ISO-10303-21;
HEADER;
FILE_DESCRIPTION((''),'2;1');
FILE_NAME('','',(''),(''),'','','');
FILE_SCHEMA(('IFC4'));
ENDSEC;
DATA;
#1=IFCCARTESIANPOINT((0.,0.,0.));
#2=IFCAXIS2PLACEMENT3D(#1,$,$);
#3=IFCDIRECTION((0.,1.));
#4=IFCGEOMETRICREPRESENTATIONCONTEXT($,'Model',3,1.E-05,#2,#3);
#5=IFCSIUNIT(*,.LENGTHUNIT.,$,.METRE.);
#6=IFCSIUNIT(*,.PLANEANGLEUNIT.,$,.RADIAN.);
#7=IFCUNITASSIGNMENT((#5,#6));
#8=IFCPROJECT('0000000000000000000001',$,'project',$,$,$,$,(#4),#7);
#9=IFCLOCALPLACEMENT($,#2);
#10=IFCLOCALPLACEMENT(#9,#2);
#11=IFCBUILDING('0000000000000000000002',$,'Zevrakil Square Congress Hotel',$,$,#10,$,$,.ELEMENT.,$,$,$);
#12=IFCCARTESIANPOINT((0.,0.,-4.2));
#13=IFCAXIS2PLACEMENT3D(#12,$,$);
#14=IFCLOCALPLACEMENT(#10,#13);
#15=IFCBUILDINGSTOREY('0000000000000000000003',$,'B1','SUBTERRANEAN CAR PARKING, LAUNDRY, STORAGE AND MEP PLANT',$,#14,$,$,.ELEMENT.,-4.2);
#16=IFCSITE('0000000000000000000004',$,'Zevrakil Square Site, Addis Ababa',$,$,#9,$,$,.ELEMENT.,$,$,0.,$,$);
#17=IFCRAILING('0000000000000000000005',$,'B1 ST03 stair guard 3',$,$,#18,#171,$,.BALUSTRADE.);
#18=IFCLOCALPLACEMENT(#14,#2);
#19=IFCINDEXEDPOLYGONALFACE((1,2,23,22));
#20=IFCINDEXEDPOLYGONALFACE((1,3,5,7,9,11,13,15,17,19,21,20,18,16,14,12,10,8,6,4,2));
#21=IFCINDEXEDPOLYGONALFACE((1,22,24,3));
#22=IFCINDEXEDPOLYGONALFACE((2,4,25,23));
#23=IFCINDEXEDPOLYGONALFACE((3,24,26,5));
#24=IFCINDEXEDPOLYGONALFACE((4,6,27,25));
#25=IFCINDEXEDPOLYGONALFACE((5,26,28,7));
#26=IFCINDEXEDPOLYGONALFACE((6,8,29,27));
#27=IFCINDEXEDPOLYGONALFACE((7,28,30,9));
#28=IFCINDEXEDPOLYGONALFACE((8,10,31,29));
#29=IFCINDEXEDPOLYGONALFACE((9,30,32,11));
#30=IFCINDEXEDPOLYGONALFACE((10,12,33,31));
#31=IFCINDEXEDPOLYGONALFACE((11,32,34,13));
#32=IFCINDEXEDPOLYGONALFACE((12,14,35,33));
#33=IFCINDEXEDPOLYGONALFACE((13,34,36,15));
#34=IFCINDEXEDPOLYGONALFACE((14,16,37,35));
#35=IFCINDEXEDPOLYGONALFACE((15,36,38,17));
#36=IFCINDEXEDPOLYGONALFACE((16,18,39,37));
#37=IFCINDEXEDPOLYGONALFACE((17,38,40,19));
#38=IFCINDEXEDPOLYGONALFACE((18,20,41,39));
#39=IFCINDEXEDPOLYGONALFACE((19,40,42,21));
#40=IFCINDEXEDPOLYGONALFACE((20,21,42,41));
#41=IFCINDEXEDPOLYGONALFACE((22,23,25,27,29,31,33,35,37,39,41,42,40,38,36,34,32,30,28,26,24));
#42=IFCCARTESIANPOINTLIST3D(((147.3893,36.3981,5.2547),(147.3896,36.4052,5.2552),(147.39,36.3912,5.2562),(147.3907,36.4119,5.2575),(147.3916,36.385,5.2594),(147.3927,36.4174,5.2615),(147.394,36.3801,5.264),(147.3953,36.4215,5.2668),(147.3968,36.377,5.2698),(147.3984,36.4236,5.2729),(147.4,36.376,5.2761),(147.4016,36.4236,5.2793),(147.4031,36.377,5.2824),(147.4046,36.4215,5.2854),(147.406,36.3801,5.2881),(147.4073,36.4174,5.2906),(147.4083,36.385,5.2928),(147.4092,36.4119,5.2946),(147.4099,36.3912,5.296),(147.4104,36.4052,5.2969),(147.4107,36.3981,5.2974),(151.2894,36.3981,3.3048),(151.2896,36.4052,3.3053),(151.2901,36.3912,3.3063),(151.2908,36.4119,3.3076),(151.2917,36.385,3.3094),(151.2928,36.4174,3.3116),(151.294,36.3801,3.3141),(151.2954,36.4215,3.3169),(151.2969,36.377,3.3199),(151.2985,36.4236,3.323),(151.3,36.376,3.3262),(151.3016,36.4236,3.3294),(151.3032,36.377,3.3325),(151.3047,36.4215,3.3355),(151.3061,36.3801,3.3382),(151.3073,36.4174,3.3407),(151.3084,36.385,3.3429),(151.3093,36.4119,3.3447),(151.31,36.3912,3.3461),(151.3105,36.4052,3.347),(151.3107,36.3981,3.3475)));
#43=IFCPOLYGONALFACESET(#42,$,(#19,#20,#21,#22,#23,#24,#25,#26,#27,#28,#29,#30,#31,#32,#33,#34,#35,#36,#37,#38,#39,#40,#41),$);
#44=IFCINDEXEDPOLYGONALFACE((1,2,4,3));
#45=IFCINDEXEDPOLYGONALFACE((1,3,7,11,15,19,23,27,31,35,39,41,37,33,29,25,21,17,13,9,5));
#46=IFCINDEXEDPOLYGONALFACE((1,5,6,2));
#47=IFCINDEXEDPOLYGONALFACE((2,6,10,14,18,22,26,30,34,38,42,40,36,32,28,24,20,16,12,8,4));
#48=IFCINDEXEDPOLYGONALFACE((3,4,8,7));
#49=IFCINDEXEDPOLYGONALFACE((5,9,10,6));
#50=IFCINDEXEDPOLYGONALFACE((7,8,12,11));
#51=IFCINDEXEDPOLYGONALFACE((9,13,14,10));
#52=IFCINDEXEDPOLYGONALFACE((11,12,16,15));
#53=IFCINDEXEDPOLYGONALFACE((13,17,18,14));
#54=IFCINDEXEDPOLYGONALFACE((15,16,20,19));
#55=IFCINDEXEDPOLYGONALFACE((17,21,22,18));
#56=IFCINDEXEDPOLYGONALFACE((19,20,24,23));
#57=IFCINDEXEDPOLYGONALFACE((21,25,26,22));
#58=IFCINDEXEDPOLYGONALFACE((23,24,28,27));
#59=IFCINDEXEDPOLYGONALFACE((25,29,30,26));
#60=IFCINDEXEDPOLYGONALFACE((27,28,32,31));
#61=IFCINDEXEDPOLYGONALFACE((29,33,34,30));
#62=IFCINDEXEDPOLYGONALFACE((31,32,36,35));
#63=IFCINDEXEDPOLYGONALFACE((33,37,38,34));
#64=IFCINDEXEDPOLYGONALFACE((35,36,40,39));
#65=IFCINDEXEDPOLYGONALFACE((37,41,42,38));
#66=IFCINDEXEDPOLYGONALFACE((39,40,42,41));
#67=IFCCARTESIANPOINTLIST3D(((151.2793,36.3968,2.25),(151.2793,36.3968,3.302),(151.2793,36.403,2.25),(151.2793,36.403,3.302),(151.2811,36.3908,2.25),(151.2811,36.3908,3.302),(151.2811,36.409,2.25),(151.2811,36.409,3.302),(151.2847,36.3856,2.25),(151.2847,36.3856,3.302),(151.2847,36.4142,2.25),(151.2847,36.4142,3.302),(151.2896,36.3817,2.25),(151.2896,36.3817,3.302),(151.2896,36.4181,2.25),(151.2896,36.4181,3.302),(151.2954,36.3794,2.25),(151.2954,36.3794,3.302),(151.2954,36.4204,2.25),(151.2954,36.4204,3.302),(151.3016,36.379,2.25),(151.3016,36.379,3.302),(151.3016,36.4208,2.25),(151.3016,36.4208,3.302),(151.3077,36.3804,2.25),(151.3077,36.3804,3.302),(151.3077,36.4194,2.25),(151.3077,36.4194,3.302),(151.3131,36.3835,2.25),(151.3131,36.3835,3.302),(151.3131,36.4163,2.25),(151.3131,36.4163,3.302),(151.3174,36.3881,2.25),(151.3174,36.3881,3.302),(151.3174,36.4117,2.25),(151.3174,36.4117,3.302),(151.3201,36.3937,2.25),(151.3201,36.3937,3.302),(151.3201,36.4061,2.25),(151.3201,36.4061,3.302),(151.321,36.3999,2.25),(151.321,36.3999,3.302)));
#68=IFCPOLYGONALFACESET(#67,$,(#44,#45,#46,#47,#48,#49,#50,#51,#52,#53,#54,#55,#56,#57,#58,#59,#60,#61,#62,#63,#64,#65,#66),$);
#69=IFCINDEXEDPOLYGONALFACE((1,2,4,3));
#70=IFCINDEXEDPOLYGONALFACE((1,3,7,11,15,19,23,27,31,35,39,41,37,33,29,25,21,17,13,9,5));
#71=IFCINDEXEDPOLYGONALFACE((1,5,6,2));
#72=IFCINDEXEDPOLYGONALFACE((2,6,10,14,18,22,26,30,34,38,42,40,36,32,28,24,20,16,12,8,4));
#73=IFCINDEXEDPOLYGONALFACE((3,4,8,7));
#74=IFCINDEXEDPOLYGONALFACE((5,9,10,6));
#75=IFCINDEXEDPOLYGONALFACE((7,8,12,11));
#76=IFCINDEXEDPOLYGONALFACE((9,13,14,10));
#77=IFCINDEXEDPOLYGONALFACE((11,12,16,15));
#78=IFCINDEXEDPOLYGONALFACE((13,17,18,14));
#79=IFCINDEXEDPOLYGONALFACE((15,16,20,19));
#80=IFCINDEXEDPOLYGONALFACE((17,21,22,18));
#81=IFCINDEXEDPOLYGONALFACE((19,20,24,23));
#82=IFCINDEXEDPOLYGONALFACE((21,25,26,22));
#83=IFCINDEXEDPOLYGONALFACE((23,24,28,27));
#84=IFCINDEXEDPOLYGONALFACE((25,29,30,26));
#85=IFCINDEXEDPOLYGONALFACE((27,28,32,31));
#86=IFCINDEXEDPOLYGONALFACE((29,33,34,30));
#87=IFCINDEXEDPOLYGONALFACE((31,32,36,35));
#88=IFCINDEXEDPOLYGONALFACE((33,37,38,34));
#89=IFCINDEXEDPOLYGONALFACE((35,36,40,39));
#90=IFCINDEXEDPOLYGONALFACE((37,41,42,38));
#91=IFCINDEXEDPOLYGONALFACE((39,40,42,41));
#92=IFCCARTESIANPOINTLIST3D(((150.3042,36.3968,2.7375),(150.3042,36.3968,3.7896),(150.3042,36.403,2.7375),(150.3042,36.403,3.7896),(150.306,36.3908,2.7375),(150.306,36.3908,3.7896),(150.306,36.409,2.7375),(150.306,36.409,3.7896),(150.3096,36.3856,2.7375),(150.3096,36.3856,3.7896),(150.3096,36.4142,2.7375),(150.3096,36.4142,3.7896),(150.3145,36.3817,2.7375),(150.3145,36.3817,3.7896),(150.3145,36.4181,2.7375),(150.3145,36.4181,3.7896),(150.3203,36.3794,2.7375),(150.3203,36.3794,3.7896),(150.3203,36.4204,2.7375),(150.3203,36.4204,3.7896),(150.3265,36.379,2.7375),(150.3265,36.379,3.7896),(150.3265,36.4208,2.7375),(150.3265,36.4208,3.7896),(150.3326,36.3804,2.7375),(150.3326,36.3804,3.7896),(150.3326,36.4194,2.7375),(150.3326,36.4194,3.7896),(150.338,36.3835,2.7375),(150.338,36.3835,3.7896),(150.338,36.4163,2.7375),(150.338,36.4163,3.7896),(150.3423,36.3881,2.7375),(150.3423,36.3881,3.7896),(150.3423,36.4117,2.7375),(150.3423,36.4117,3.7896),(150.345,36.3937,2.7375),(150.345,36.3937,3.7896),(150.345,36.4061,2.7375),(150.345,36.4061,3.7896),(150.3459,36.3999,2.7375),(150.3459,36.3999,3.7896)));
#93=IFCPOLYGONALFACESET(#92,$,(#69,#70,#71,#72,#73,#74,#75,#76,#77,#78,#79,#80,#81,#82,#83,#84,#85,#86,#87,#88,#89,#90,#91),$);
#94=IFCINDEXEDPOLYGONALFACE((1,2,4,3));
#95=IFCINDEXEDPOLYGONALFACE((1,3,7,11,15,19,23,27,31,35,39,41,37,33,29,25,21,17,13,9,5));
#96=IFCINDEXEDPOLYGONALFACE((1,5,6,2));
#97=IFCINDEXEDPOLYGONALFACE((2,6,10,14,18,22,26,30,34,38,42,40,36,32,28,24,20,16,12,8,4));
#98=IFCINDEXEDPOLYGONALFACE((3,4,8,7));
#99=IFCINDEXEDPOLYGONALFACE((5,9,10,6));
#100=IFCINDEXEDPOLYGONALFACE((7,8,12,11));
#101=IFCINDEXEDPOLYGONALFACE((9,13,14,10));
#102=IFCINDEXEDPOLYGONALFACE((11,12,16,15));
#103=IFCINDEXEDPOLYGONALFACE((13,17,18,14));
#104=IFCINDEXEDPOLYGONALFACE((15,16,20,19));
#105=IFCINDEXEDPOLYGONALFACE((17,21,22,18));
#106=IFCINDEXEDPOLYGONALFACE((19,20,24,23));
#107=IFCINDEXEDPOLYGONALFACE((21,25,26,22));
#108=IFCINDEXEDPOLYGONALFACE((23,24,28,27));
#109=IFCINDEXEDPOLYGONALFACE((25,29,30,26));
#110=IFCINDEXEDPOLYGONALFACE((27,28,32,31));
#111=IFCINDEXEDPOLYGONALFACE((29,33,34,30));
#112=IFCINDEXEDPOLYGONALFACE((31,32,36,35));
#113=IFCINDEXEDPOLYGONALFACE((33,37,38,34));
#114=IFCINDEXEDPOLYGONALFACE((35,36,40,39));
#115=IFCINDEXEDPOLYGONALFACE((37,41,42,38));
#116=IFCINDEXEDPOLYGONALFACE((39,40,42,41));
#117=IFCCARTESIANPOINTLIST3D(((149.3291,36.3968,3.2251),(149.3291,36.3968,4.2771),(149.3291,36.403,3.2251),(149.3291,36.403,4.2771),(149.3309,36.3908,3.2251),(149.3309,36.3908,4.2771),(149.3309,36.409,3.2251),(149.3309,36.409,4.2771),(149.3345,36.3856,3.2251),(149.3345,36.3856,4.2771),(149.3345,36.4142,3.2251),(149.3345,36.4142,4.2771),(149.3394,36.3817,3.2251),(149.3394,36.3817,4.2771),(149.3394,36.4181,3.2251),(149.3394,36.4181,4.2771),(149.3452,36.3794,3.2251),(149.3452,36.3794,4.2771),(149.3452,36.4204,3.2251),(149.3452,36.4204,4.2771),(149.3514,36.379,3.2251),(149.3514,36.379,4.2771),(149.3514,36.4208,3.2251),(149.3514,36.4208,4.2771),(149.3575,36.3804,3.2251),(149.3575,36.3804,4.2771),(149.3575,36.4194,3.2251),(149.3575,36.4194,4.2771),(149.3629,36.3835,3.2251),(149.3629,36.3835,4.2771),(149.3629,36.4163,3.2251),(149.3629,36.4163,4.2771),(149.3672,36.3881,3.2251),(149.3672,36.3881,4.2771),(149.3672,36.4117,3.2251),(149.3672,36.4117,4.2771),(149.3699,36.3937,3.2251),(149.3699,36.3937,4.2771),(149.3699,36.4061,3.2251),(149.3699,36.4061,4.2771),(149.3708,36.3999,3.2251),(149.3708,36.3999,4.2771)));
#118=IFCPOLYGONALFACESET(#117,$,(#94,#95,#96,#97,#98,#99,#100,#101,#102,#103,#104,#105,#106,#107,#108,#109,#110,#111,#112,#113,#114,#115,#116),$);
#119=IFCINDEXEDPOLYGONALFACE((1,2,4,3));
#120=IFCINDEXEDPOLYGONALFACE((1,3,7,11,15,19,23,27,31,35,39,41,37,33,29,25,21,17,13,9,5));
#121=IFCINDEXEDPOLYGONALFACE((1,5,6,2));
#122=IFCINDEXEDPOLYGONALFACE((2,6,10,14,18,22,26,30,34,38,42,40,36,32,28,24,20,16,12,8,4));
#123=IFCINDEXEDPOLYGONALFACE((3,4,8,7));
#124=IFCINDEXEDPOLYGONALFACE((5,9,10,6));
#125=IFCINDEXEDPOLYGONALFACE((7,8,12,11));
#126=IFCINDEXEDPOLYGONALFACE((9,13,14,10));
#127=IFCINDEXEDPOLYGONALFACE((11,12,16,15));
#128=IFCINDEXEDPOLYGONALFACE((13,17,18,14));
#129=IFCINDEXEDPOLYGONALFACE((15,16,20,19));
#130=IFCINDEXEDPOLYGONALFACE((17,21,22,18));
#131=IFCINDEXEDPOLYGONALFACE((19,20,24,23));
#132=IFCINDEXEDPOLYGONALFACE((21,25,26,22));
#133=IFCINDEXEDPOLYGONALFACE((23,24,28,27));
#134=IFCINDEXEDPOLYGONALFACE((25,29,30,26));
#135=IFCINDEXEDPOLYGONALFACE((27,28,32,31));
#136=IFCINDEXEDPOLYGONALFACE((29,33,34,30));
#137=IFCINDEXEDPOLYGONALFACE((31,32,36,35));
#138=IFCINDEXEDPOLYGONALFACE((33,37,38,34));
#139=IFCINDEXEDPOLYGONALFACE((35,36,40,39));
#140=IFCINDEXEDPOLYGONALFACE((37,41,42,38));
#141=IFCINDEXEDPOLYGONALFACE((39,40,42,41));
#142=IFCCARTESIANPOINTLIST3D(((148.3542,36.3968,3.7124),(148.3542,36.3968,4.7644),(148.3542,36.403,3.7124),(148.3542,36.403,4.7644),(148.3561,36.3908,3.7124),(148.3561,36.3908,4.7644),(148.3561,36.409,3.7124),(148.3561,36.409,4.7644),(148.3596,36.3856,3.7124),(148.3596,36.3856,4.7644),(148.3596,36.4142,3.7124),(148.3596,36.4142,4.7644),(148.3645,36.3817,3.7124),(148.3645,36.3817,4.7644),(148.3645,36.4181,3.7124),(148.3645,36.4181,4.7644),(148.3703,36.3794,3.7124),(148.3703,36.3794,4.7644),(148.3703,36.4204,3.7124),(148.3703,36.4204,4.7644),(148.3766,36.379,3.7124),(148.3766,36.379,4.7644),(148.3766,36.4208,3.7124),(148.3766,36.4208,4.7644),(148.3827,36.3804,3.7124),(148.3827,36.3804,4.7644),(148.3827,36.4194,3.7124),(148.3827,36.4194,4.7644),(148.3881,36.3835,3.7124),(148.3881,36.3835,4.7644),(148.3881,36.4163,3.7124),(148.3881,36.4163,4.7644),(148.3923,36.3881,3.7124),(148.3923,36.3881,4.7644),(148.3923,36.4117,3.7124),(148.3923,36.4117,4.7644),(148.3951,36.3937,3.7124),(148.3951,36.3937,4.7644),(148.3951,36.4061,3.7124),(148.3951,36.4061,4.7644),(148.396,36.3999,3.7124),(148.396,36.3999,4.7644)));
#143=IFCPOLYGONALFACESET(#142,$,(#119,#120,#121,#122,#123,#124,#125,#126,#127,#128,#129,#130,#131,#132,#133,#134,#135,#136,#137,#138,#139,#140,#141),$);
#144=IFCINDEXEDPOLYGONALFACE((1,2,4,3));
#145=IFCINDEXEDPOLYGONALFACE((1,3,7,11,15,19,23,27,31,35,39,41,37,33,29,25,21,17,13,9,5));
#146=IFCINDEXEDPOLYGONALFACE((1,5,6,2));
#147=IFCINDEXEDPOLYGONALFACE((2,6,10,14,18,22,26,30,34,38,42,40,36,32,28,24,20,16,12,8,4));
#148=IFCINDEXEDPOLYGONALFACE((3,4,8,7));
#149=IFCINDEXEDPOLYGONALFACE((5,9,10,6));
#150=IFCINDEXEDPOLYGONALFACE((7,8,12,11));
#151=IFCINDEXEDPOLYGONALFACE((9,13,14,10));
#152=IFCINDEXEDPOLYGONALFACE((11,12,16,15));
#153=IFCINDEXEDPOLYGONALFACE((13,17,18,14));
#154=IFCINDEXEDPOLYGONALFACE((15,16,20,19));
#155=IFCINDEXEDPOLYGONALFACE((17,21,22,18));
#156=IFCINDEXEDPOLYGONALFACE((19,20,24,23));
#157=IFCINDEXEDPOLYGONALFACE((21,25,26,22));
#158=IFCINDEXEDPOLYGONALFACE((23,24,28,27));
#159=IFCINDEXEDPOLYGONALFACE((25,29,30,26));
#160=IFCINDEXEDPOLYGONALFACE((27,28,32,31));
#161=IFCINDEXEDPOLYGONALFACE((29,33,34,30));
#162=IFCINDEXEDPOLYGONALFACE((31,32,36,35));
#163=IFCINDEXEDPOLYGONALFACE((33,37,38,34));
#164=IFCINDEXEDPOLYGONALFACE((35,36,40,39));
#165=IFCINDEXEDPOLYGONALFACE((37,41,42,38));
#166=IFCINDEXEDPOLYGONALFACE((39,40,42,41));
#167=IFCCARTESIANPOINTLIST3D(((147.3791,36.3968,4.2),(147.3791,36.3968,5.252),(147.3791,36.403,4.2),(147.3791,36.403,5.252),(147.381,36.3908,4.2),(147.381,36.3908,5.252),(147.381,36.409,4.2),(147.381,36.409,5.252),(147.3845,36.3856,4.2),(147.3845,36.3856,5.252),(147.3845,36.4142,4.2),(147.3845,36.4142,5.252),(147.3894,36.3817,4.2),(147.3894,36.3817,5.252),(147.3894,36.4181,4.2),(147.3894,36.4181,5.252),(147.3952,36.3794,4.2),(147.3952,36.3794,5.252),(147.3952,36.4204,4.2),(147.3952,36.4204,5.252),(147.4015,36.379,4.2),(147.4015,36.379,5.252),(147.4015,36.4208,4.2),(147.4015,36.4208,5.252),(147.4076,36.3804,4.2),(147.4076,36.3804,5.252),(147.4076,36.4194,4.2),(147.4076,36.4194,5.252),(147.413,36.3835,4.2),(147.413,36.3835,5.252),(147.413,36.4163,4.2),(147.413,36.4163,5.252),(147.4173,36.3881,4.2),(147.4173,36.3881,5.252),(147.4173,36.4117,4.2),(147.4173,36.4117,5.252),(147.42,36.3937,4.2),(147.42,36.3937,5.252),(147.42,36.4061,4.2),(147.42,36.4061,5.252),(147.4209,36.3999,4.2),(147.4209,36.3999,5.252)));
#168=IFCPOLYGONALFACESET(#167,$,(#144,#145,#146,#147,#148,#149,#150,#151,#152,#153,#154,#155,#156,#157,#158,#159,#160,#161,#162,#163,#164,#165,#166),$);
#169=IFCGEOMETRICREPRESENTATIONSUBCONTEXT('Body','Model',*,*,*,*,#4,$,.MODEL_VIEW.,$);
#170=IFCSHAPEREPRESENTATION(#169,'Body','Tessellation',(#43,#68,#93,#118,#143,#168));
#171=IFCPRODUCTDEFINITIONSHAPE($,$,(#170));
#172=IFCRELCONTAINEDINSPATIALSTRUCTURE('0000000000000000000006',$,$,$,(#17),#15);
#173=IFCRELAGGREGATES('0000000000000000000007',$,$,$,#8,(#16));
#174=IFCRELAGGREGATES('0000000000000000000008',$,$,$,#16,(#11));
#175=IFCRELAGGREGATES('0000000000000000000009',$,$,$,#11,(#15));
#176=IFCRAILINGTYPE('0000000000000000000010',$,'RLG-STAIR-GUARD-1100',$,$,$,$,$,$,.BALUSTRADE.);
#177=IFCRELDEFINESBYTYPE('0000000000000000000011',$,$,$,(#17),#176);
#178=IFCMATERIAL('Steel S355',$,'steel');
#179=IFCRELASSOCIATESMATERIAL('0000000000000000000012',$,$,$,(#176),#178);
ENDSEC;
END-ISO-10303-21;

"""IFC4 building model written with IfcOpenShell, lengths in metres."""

from ifc_helpers import new_model, si_unit, direction, frame, origin, origin_2d, place, context, subcontext, project, spatial, circle, extrude, material, type_object, element, save


model = new_model("IFC4")

# Units and contexts
model_context = context("Model", 3, precision=1e-05, world=origin(), true_north=direction((0.0, 1.0)))
body_context = subcontext(model_context, "Body", "Model", "MODEL_VIEW")
ifc_project = project(units=[si_unit("LENGTHUNIT", "METRE"), si_unit("PLANEANGLEUNIT", "RADIAN")], contexts=[model_context])

# Site, building, storey
site_placement = place(None, origin())
site = spatial("IfcSite", under=ifc_project, at=site_placement, Name="Zevrakil Square Site, Addis Ababa", CompositionType="ELEMENT", RefElevation=0.0)
building_placement = place(site_placement, origin())
building = spatial("IfcBuilding", under=site, at=building_placement, Name="Zevrakil Square Congress Hotel", CompositionType="ELEMENT")
storey_placement = place(building_placement, frame((0.0, 0.0, -4.2)))
storey = spatial("IfcBuildingStorey", under=building, at=storey_placement, Name="B1", Description="SUBTERRANEAN CAR PARKING, LAUNDRY, STORAGE AND MEP PLANT", CompositionType="ELEMENT", Elevation=-4.2)

# Railing
ifc_material_1 = material(Name="Steel S355", Category="steel")
railing_type_1 = type_object("IfcRailingType", Name="RLG-STAIR-GUARD-1100", PredefinedType="BALUSTRADE", material=ifc_material_1)
railing_1_placement = place(storey_placement, frame((151.3, 36.3999, 2.25)))
element("IfcRailing", 1, at=railing_1_placement, inside=storey, type_object=railing_type_1, Name="B1 ST03 stair guard 3", PredefinedType="BALUSTRADE", context=body_context, shape_type="SweptSolid", body=[
    extrude(circle(Radius=0.0239, at=origin_2d()), frame((0.0, 0.0, 1.0762), z_axis=(-0.894438, 0.0, 0.447191), x_axis=(0.0, -1.0, 0.0)), (0.0, 0.0, 1.0), 4.3604),
    extrude(circle(Radius=0.021, at=origin_2d()), origin(), (0.0, 0.0, 1.0), 1.052),
    extrude(circle(Radius=0.021, at=origin_2d()), frame((-0.9751, 0.0, 0.4875)), (0.0, 0.0, 1.0), 1.052),
    extrude(circle(Radius=0.021, at=origin_2d()), frame((-1.9502, 0.0, 0.9751)), (0.0, 0.0, 1.0), 1.052),
    extrude(circle(Radius=0.021, at=origin_2d()), frame((-2.925, 0.0, 1.4624)), (0.0, 0.0, 1.0), 1.052),
    extrude(circle(Radius=0.021, at=origin_2d()), frame((-3.9001, 0.0, 1.95)), (0.0, 0.0, 1.0), 1.052),
])

save(model, "model.ifc")
